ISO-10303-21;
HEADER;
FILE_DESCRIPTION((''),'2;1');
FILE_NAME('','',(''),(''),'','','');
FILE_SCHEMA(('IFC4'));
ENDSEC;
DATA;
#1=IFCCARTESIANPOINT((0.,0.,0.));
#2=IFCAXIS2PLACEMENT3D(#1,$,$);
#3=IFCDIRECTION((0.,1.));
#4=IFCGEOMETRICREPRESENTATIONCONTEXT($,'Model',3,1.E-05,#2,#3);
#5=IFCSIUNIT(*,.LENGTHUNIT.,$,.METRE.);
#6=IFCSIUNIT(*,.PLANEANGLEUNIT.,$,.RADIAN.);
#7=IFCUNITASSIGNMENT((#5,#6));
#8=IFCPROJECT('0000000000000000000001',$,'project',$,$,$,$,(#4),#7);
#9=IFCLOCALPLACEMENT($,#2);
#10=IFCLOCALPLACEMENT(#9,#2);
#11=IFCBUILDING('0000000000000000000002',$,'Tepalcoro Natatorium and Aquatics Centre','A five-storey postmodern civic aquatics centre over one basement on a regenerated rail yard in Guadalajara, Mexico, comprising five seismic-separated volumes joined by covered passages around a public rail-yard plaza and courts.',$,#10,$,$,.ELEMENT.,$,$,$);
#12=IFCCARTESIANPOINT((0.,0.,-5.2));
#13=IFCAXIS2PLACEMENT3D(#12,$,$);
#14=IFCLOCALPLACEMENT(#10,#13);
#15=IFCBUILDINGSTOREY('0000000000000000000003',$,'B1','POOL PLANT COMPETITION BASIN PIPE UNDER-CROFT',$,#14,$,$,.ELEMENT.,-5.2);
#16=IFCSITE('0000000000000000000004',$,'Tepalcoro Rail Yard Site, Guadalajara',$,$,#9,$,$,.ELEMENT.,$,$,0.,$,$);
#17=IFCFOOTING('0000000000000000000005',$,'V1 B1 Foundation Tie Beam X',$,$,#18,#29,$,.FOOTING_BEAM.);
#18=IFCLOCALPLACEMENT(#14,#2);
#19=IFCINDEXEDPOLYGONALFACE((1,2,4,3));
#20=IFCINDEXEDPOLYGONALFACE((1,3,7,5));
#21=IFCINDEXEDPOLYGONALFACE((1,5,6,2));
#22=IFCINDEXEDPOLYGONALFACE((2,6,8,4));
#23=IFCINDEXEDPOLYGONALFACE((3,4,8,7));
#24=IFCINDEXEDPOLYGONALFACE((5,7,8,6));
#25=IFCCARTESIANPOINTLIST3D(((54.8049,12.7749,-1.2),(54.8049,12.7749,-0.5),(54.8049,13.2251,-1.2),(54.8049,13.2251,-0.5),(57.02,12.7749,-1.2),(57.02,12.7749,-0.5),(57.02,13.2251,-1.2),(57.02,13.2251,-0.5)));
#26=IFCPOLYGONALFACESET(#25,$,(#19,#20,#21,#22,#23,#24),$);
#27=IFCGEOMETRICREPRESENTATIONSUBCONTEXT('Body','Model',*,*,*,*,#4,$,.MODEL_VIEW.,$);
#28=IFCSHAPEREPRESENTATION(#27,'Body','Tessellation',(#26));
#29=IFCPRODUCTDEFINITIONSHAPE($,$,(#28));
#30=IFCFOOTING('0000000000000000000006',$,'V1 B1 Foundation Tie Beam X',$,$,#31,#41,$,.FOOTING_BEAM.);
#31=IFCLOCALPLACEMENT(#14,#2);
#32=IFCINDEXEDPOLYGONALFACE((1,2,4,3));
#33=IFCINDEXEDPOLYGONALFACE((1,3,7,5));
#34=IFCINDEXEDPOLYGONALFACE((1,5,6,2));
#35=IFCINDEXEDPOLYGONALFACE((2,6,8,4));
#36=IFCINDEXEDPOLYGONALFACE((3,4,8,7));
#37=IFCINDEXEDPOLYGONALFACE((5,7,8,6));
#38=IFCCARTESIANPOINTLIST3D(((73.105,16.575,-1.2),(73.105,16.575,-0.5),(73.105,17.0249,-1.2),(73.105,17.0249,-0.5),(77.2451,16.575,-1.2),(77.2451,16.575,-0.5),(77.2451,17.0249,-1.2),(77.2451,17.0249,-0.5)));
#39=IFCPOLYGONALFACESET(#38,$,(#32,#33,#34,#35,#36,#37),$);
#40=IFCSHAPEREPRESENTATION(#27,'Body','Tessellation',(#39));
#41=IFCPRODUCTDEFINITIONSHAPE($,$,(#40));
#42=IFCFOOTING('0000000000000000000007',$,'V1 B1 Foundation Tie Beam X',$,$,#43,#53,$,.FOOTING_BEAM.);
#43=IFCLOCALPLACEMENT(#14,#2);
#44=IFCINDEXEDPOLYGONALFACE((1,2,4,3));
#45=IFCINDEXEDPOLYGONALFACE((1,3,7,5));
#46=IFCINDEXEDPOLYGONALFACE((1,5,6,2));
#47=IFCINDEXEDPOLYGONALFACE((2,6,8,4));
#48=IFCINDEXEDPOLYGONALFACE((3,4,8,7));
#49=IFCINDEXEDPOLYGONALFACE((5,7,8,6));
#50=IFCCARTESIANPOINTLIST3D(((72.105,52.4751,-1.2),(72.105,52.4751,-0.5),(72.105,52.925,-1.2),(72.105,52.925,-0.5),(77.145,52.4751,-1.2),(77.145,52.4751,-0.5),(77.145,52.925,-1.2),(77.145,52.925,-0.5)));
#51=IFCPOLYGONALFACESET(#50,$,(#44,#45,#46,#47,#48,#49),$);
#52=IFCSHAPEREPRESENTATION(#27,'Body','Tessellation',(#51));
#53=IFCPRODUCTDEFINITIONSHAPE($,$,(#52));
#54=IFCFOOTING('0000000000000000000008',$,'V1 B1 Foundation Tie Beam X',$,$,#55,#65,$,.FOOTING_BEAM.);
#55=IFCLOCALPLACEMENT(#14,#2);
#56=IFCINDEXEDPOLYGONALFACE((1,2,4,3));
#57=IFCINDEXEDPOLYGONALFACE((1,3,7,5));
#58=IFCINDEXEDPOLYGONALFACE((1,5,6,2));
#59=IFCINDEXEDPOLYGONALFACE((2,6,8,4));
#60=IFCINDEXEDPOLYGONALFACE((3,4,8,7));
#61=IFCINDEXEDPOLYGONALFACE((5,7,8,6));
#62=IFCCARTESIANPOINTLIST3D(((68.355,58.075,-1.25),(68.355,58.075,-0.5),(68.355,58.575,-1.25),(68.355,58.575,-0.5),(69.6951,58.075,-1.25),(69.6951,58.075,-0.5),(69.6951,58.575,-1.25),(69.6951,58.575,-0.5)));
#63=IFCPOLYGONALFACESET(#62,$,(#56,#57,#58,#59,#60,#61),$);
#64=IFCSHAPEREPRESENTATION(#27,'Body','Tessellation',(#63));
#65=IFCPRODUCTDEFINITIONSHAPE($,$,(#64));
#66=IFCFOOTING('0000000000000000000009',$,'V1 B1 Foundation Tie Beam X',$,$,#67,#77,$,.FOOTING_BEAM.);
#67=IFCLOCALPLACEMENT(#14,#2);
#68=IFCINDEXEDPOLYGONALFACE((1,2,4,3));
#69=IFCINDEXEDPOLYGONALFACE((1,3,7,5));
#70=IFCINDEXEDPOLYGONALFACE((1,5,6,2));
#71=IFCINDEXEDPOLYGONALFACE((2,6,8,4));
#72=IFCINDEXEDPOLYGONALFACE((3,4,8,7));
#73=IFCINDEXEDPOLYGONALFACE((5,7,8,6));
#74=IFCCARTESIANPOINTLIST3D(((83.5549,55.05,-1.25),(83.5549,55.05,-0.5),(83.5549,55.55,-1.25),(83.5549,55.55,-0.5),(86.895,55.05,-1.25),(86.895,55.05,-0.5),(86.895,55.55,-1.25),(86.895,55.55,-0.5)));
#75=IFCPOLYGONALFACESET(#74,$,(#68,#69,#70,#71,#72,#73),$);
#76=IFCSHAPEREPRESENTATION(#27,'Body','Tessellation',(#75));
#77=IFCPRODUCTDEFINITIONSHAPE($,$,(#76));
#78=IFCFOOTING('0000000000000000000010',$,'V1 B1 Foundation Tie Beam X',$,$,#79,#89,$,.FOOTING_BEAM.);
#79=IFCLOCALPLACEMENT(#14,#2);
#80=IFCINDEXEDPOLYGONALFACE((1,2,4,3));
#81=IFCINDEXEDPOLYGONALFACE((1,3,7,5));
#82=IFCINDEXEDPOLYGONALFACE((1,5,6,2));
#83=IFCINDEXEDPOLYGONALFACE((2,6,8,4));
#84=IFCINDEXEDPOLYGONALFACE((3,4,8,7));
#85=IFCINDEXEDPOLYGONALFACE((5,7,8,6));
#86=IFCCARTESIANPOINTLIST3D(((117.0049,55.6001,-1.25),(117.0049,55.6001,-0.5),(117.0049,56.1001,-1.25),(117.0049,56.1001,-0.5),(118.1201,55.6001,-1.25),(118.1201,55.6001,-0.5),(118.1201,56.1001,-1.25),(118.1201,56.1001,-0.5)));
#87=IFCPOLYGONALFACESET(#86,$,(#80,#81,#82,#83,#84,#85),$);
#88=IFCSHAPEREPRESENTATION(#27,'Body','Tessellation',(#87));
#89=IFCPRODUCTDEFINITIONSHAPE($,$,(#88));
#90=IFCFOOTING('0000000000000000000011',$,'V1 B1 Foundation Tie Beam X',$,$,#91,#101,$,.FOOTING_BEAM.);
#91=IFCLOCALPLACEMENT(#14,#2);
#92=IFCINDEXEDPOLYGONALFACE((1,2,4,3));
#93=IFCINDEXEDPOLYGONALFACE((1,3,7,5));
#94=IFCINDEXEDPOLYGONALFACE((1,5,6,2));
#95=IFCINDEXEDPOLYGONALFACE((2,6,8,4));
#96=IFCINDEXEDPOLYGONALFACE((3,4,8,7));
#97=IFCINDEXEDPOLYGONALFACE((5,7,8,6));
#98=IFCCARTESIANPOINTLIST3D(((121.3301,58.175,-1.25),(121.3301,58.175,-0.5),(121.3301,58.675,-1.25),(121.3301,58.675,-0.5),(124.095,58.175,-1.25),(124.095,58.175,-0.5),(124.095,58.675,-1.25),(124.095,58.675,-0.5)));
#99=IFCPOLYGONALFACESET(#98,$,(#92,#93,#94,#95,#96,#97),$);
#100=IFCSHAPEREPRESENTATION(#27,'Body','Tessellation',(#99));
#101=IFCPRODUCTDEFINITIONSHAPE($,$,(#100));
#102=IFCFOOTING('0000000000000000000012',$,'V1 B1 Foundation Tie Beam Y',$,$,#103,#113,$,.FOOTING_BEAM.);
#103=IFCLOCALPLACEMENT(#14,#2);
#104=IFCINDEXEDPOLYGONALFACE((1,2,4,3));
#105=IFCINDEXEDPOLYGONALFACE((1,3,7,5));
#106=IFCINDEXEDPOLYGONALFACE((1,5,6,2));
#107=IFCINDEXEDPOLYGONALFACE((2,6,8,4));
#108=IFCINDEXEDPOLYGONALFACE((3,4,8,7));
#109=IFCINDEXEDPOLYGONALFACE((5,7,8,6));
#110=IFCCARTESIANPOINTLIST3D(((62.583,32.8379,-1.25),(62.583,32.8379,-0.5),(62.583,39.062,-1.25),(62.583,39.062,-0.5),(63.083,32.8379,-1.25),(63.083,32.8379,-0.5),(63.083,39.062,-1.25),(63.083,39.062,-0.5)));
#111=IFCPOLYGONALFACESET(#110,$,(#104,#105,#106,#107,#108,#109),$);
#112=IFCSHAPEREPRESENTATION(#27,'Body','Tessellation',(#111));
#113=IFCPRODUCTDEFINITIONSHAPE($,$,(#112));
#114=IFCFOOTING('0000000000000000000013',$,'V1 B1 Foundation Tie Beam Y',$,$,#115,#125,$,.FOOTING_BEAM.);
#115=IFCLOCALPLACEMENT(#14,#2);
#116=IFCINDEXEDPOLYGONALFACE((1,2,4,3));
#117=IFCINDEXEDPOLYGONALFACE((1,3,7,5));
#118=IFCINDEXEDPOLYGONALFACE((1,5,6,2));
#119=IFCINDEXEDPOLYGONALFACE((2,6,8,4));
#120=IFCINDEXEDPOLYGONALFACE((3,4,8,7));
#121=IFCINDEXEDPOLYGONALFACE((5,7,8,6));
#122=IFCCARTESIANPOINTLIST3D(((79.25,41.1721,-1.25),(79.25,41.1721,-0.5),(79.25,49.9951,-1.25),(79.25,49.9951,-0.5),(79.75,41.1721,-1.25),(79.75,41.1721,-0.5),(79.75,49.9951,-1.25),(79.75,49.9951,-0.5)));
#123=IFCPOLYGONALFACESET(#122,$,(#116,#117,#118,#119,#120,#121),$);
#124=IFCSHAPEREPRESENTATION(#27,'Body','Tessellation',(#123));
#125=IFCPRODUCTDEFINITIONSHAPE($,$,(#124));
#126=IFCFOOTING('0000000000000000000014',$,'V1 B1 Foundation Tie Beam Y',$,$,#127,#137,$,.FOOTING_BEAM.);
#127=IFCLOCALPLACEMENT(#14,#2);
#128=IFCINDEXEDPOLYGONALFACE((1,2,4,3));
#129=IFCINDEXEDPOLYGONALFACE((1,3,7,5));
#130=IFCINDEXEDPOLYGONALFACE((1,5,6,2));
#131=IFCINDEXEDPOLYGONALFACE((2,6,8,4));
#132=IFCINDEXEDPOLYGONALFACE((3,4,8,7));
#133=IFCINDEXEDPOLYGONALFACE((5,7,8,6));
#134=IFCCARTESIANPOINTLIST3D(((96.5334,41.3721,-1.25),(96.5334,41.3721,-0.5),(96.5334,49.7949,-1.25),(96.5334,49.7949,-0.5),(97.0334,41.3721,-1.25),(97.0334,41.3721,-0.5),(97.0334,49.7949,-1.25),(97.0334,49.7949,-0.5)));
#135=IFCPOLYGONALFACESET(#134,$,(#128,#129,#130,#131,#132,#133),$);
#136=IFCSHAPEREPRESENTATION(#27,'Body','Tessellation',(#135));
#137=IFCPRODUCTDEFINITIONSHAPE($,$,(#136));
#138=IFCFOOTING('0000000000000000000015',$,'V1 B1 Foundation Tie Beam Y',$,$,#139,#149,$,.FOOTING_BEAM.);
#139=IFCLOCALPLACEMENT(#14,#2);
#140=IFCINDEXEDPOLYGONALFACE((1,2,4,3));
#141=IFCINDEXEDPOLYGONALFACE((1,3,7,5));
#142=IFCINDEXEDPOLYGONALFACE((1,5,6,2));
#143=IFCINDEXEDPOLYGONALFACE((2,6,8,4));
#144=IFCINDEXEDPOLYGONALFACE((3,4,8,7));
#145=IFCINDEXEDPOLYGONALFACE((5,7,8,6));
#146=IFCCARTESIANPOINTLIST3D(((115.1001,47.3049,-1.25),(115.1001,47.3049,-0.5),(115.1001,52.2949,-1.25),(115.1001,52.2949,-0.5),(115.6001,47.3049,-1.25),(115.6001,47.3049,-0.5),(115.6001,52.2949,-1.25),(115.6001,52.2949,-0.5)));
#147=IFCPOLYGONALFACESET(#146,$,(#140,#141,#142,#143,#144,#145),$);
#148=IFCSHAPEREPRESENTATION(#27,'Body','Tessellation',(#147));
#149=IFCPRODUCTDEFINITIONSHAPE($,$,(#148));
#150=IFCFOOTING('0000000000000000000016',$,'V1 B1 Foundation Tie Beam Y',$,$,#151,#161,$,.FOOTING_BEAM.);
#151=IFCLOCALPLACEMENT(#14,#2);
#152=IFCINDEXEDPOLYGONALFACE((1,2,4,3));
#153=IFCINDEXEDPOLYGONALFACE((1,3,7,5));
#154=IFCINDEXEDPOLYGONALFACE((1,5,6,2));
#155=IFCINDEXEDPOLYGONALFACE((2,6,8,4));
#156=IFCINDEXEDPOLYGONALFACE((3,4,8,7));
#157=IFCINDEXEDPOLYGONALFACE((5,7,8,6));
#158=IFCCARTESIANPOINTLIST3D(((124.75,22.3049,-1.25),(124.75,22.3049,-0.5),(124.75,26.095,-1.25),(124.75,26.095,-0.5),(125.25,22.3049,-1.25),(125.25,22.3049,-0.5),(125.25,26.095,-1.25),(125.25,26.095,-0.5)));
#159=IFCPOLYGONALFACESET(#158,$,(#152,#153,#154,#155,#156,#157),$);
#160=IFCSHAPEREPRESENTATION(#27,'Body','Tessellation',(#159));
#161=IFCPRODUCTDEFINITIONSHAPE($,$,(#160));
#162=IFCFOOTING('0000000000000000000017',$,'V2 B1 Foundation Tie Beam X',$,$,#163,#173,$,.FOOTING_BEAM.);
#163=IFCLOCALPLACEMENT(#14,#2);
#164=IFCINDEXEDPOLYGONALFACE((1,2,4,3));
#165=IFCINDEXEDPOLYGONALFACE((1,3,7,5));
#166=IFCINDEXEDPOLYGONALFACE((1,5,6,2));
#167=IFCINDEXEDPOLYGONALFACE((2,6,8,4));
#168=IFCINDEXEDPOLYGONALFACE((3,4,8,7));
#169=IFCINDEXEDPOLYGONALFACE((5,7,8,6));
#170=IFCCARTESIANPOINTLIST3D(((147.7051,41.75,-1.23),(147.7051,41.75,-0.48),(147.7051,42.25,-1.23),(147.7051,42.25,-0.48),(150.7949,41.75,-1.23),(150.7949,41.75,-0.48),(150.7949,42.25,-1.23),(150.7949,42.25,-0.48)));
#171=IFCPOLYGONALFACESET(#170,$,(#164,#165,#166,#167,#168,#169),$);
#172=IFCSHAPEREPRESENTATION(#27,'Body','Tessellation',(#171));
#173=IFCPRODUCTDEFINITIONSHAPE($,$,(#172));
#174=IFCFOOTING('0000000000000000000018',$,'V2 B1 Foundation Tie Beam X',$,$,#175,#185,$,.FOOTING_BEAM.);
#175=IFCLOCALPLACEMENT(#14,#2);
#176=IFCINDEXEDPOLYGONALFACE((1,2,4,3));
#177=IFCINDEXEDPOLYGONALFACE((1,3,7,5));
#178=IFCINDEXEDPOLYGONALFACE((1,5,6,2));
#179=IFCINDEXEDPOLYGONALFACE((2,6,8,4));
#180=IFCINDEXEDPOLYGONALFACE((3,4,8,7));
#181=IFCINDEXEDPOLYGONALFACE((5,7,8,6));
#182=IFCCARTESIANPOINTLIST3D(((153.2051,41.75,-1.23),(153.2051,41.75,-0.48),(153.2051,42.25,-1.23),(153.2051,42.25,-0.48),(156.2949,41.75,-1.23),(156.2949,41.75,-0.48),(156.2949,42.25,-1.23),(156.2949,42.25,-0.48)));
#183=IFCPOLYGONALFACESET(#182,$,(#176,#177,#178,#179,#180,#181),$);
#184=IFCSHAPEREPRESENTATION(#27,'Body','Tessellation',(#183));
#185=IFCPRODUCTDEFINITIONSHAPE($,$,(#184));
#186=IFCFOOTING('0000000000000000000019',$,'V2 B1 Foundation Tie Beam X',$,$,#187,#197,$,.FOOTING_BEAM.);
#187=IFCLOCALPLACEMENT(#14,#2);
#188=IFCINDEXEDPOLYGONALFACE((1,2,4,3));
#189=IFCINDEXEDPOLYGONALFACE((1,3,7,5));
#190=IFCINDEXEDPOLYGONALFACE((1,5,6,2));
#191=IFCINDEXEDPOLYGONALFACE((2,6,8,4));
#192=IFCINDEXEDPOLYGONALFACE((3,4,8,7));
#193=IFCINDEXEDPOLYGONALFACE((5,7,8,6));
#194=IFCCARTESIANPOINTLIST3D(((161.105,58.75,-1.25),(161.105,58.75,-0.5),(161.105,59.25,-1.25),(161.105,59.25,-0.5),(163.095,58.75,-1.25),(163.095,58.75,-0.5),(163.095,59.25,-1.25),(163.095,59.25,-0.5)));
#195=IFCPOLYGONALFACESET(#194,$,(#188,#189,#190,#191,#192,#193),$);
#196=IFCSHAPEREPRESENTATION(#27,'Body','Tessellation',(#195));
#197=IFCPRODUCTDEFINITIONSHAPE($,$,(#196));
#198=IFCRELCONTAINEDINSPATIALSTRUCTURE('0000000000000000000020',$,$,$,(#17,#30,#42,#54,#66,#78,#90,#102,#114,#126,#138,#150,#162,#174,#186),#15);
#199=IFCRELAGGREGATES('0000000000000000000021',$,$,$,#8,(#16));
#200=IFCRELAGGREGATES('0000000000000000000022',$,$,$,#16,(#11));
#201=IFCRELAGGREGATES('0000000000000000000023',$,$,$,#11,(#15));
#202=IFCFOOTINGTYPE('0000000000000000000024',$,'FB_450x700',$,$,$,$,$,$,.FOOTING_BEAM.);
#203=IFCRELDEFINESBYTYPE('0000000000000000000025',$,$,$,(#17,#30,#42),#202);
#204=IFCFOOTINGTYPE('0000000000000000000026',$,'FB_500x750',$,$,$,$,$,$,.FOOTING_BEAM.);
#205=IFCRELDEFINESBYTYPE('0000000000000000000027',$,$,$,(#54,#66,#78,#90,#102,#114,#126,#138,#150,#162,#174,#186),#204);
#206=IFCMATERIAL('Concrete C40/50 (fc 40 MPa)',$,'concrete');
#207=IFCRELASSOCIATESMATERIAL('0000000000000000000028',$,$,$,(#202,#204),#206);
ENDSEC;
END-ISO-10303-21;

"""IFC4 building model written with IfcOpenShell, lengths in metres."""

from ifc_helpers import new_model, si_unit, direction, frame, origin, place, context, subcontext, project, spatial, polyline, outline, extrude, material, type_object, element, save


model = new_model("IFC4")

# Units and contexts
model_context = context("Model", 3, precision=1e-05, world=origin(), true_north=direction((0.0, 1.0)))
body_context = subcontext(model_context, "Body", "Model", "MODEL_VIEW")
ifc_project = project(units=[si_unit("LENGTHUNIT", "METRE"), si_unit("PLANEANGLEUNIT", "RADIAN")], contexts=[model_context])

# Site, building, storey
site_placement = place(None, origin())
site = spatial("IfcSite", under=ifc_project, at=site_placement, Name="Tepalcoro Rail Yard Site, Guadalajara", CompositionType="ELEMENT", RefElevation=0.0)
building_placement = place(site_placement, origin())
building = spatial("IfcBuilding", under=site, at=building_placement, Name="Tepalcoro Natatorium and Aquatics Centre", Description="A five-storey postmodern civic aquatics centre over one basement on a regenerated rail yard in Guadalajara, Mexico, comprising five seismic-separated volumes joined by covered passages around a public rail-yard plaza and courts.", CompositionType="ELEMENT")
storey_placement = place(building_placement, frame((0.0, 0.0, -5.2)))
storey = spatial("IfcBuildingStorey", under=building, at=storey_placement, Name="B1", Description="POOL PLANT COMPETITION BASIN PIPE UNDER-CROFT", CompositionType="ELEMENT", Elevation=-5.2)

# Footings
ifc_material = material(Name="Concrete C40/50 (fc 40 MPa)", Category="concrete")
footing_type_1 = type_object("IfcFootingType", Name="FB_450x700", PredefinedType="FOOTING_BEAM", material=ifc_material)
footing_1_placement = place(storey_placement, frame((0.0, 0.0, -1.2)))
element("IfcFooting", 1, at=footing_1_placement, inside=storey, type_object=footing_type_1, Name="V1 B1 Foundation Tie Beam X", PredefinedType="FOOTING_BEAM", context=body_context, shape_type="SweptSolid", body=[
    extrude(outline(polyline([(54.8049, 12.7749), (57.02, 12.7749), (57.02, 13.2251), (54.8049, 13.2251), (54.8049, 12.7749)])), origin(), (0.0, 0.0, 1.0), 0.7),
])
footing_2_placement = place(storey_placement, frame((0.0, 0.0, -1.2)))
element("IfcFooting", 2, at=footing_2_placement, inside=storey, type_object=footing_type_1, Name="V1 B1 Foundation Tie Beam X", PredefinedType="FOOTING_BEAM", context=body_context, shape_type="SweptSolid", body=[
    extrude(outline(polyline([(73.105, 16.575), (77.2451, 16.575), (77.2451, 17.0249), (73.105, 17.0249), (73.105, 16.575)])), origin(), (0.0, 0.0, 1.0), 0.7),
])
footing_3_placement = place(storey_placement, frame((0.0, 0.0, -1.2)))
element("IfcFooting", 3, at=footing_3_placement, inside=storey, type_object=footing_type_1, Name="V1 B1 Foundation Tie Beam X", PredefinedType="FOOTING_BEAM", context=body_context, shape_type="SweptSolid", body=[
    extrude(outline(polyline([(72.105, 52.4751), (77.145, 52.4751), (77.145, 52.925), (72.105, 52.925), (72.105, 52.4751)])), origin(), (0.0, 0.0, 1.0), 0.7),
])
footing_type_2 = type_object("IfcFootingType", Name="FB_500x750", PredefinedType="FOOTING_BEAM", material=ifc_material)
footing_4_placement = place(storey_placement, frame((0.0, 0.0, -1.25)))
element("IfcFooting", 4, at=footing_4_placement, inside=storey, type_object=footing_type_2, Name="V1 B1 Foundation Tie Beam X", PredefinedType="FOOTING_BEAM", context=body_context, shape_type="SweptSolid", body=[
    extrude(outline(polyline([(68.355, 58.075), (69.6951, 58.075), (69.6951, 58.575), (68.355, 58.575), (68.355, 58.075)])), origin(), (0.0, 0.0, 1.0), 0.75),
])
footing_5_placement = place(storey_placement, frame((0.0, 0.0, -1.25)))
element("IfcFooting", 5, at=footing_5_placement, inside=storey, type_object=footing_type_2, Name="V1 B1 Foundation Tie Beam X", PredefinedType="FOOTING_BEAM", context=body_context, shape_type="SweptSolid", body=[
    extrude(outline(polyline([(83.5549, 55.05), (86.895, 55.05), (86.895, 55.55), (83.5549, 55.55), (83.5549, 55.05)])), origin(), (0.0, 0.0, 1.0), 0.75),
])
footing_6_placement = place(storey_placement, frame((0.0, 0.0, -1.25)))
element("IfcFooting", 6, at=footing_6_placement, inside=storey, type_object=footing_type_2, Name="V1 B1 Foundation Tie Beam X", PredefinedType="FOOTING_BEAM", context=body_context, shape_type="SweptSolid", body=[
    extrude(outline(polyline([(117.0049, 55.6001), (118.1201, 55.6001), (118.1201, 56.1001), (117.0049, 56.1001), (117.0049, 55.6001)])), origin(), (0.0, 0.0, 1.0), 0.75),
])
footing_7_placement = place(storey_placement, frame((0.0, 0.0, -1.25)))
element("IfcFooting", 7, at=footing_7_placement, inside=storey, type_object=footing_type_2, Name="V1 B1 Foundation Tie Beam X", PredefinedType="FOOTING_BEAM", context=body_context, shape_type="SweptSolid", body=[
    extrude(outline(polyline([(121.3301, 58.175), (124.095, 58.175), (124.095, 58.675), (121.3301, 58.675), (121.3301, 58.175)])), origin(), (0.0, 0.0, 1.0), 0.75),
])
footing_8_placement = place(storey_placement, frame((0.0, 0.0, -1.25)))
element("IfcFooting", 8, at=footing_8_placement, inside=storey, type_object=footing_type_2, Name="V1 B1 Foundation Tie Beam Y", PredefinedType="FOOTING_BEAM", context=body_context, shape_type="SweptSolid", body=[
    extrude(outline(polyline([(63.083, 32.8379), (63.083, 39.062), (62.583, 39.062), (62.583, 32.8379), (63.083, 32.8379)])), origin(), (0.0, 0.0, 1.0), 0.75),
])
footing_9_placement = place(storey_placement, frame((0.0, 0.0, -1.25)))
element("IfcFooting", 9, at=footing_9_placement, inside=storey, type_object=footing_type_2, Name="V1 B1 Foundation Tie Beam Y", PredefinedType="FOOTING_BEAM", context=body_context, shape_type="SweptSolid", body=[
    extrude(outline(polyline([(79.75, 41.1721), (79.75, 49.9951), (79.25, 49.9951), (79.25, 41.1721), (79.75, 41.1721)])), origin(), (0.0, 0.0, 1.0), 0.75),
])
footing_10_placement = place(storey_placement, frame((0.0, 0.0, -1.25)))
element("IfcFooting", 10, at=footing_10_placement, inside=storey, type_object=footing_type_2, Name="V1 B1 Foundation Tie Beam Y", PredefinedType="FOOTING_BEAM", context=body_context, shape_type="SweptSolid", body=[
    extrude(outline(polyline([(97.0334, 41.3721), (97.0334, 49.7949), (96.5334, 49.7949), (96.5334, 41.3721), (97.0334, 41.3721)])), origin(), (0.0, 0.0, 1.0), 0.75),
])
footing_11_placement = place(storey_placement, frame((0.0, 0.0, -1.25)))
element("IfcFooting", 11, at=footing_11_placement, inside=storey, type_object=footing_type_2, Name="V1 B1 Foundation Tie Beam Y", PredefinedType="FOOTING_BEAM", context=body_context, shape_type="SweptSolid", body=[
    extrude(outline(polyline([(115.6001, 47.3049), (115.6001, 52.2949), (115.1001, 52.2949), (115.1001, 47.3049), (115.6001, 47.3049)])), origin(), (0.0, 0.0, 1.0), 0.75),
])
footing_12_placement = place(storey_placement, frame((0.0, 0.0, -1.25)))
element("IfcFooting", 12, at=footing_12_placement, inside=storey, type_object=footing_type_2, Name="V1 B1 Foundation Tie Beam Y", PredefinedType="FOOTING_BEAM", context=body_context, shape_type="SweptSolid", body=[
    extrude(outline(polyline([(125.25, 22.3049), (125.25, 26.095), (124.75, 26.095), (124.75, 22.3049), (125.25, 22.3049)])), origin(), (0.0, 0.0, 1.0), 0.75),
])
footing_13_placement = place(storey_placement, frame((0.0, 0.0, -1.23)))
element("IfcFooting", 13, at=footing_13_placement, inside=storey, type_object=footing_type_2, Name="V2 B1 Foundation Tie Beam X", PredefinedType="FOOTING_BEAM", context=body_context, shape_type="SweptSolid", body=[
    extrude(outline(polyline([(147.7051, 41.75), (150.7949, 41.75), (150.7949, 42.25), (147.7051, 42.25), (147.7051, 41.75)])), origin(), (0.0, 0.0, 1.0), 0.75),
])
footing_14_placement = place(storey_placement, frame((0.0, 0.0, -1.23)))
element("IfcFooting", 14, at=footing_14_placement, inside=storey, type_object=footing_type_2, Name="V2 B1 Foundation Tie Beam X", PredefinedType="FOOTING_BEAM", context=body_context, shape_type="SweptSolid", body=[
    extrude(outline(polyline([(153.2051, 41.75), (156.2949, 41.75), (156.2949, 42.25), (153.2051, 42.25), (153.2051, 41.75)])), origin(), (0.0, 0.0, 1.0), 0.75),
])
footing_15_placement = place(storey_placement, frame((0.0, 0.0, -1.25)))
element("IfcFooting", 15, at=footing_15_placement, inside=storey, type_object=footing_type_2, Name="V2 B1 Foundation Tie Beam X", PredefinedType="FOOTING_BEAM", context=body_context, shape_type="SweptSolid", body=[
    extrude(outline(polyline([(161.105, 58.75), (163.095, 58.75), (163.095, 59.25), (161.105, 59.25), (161.105, 58.75)])), origin(), (0.0, 0.0, 1.0), 0.75),
])

save(model, "model.ifc")
